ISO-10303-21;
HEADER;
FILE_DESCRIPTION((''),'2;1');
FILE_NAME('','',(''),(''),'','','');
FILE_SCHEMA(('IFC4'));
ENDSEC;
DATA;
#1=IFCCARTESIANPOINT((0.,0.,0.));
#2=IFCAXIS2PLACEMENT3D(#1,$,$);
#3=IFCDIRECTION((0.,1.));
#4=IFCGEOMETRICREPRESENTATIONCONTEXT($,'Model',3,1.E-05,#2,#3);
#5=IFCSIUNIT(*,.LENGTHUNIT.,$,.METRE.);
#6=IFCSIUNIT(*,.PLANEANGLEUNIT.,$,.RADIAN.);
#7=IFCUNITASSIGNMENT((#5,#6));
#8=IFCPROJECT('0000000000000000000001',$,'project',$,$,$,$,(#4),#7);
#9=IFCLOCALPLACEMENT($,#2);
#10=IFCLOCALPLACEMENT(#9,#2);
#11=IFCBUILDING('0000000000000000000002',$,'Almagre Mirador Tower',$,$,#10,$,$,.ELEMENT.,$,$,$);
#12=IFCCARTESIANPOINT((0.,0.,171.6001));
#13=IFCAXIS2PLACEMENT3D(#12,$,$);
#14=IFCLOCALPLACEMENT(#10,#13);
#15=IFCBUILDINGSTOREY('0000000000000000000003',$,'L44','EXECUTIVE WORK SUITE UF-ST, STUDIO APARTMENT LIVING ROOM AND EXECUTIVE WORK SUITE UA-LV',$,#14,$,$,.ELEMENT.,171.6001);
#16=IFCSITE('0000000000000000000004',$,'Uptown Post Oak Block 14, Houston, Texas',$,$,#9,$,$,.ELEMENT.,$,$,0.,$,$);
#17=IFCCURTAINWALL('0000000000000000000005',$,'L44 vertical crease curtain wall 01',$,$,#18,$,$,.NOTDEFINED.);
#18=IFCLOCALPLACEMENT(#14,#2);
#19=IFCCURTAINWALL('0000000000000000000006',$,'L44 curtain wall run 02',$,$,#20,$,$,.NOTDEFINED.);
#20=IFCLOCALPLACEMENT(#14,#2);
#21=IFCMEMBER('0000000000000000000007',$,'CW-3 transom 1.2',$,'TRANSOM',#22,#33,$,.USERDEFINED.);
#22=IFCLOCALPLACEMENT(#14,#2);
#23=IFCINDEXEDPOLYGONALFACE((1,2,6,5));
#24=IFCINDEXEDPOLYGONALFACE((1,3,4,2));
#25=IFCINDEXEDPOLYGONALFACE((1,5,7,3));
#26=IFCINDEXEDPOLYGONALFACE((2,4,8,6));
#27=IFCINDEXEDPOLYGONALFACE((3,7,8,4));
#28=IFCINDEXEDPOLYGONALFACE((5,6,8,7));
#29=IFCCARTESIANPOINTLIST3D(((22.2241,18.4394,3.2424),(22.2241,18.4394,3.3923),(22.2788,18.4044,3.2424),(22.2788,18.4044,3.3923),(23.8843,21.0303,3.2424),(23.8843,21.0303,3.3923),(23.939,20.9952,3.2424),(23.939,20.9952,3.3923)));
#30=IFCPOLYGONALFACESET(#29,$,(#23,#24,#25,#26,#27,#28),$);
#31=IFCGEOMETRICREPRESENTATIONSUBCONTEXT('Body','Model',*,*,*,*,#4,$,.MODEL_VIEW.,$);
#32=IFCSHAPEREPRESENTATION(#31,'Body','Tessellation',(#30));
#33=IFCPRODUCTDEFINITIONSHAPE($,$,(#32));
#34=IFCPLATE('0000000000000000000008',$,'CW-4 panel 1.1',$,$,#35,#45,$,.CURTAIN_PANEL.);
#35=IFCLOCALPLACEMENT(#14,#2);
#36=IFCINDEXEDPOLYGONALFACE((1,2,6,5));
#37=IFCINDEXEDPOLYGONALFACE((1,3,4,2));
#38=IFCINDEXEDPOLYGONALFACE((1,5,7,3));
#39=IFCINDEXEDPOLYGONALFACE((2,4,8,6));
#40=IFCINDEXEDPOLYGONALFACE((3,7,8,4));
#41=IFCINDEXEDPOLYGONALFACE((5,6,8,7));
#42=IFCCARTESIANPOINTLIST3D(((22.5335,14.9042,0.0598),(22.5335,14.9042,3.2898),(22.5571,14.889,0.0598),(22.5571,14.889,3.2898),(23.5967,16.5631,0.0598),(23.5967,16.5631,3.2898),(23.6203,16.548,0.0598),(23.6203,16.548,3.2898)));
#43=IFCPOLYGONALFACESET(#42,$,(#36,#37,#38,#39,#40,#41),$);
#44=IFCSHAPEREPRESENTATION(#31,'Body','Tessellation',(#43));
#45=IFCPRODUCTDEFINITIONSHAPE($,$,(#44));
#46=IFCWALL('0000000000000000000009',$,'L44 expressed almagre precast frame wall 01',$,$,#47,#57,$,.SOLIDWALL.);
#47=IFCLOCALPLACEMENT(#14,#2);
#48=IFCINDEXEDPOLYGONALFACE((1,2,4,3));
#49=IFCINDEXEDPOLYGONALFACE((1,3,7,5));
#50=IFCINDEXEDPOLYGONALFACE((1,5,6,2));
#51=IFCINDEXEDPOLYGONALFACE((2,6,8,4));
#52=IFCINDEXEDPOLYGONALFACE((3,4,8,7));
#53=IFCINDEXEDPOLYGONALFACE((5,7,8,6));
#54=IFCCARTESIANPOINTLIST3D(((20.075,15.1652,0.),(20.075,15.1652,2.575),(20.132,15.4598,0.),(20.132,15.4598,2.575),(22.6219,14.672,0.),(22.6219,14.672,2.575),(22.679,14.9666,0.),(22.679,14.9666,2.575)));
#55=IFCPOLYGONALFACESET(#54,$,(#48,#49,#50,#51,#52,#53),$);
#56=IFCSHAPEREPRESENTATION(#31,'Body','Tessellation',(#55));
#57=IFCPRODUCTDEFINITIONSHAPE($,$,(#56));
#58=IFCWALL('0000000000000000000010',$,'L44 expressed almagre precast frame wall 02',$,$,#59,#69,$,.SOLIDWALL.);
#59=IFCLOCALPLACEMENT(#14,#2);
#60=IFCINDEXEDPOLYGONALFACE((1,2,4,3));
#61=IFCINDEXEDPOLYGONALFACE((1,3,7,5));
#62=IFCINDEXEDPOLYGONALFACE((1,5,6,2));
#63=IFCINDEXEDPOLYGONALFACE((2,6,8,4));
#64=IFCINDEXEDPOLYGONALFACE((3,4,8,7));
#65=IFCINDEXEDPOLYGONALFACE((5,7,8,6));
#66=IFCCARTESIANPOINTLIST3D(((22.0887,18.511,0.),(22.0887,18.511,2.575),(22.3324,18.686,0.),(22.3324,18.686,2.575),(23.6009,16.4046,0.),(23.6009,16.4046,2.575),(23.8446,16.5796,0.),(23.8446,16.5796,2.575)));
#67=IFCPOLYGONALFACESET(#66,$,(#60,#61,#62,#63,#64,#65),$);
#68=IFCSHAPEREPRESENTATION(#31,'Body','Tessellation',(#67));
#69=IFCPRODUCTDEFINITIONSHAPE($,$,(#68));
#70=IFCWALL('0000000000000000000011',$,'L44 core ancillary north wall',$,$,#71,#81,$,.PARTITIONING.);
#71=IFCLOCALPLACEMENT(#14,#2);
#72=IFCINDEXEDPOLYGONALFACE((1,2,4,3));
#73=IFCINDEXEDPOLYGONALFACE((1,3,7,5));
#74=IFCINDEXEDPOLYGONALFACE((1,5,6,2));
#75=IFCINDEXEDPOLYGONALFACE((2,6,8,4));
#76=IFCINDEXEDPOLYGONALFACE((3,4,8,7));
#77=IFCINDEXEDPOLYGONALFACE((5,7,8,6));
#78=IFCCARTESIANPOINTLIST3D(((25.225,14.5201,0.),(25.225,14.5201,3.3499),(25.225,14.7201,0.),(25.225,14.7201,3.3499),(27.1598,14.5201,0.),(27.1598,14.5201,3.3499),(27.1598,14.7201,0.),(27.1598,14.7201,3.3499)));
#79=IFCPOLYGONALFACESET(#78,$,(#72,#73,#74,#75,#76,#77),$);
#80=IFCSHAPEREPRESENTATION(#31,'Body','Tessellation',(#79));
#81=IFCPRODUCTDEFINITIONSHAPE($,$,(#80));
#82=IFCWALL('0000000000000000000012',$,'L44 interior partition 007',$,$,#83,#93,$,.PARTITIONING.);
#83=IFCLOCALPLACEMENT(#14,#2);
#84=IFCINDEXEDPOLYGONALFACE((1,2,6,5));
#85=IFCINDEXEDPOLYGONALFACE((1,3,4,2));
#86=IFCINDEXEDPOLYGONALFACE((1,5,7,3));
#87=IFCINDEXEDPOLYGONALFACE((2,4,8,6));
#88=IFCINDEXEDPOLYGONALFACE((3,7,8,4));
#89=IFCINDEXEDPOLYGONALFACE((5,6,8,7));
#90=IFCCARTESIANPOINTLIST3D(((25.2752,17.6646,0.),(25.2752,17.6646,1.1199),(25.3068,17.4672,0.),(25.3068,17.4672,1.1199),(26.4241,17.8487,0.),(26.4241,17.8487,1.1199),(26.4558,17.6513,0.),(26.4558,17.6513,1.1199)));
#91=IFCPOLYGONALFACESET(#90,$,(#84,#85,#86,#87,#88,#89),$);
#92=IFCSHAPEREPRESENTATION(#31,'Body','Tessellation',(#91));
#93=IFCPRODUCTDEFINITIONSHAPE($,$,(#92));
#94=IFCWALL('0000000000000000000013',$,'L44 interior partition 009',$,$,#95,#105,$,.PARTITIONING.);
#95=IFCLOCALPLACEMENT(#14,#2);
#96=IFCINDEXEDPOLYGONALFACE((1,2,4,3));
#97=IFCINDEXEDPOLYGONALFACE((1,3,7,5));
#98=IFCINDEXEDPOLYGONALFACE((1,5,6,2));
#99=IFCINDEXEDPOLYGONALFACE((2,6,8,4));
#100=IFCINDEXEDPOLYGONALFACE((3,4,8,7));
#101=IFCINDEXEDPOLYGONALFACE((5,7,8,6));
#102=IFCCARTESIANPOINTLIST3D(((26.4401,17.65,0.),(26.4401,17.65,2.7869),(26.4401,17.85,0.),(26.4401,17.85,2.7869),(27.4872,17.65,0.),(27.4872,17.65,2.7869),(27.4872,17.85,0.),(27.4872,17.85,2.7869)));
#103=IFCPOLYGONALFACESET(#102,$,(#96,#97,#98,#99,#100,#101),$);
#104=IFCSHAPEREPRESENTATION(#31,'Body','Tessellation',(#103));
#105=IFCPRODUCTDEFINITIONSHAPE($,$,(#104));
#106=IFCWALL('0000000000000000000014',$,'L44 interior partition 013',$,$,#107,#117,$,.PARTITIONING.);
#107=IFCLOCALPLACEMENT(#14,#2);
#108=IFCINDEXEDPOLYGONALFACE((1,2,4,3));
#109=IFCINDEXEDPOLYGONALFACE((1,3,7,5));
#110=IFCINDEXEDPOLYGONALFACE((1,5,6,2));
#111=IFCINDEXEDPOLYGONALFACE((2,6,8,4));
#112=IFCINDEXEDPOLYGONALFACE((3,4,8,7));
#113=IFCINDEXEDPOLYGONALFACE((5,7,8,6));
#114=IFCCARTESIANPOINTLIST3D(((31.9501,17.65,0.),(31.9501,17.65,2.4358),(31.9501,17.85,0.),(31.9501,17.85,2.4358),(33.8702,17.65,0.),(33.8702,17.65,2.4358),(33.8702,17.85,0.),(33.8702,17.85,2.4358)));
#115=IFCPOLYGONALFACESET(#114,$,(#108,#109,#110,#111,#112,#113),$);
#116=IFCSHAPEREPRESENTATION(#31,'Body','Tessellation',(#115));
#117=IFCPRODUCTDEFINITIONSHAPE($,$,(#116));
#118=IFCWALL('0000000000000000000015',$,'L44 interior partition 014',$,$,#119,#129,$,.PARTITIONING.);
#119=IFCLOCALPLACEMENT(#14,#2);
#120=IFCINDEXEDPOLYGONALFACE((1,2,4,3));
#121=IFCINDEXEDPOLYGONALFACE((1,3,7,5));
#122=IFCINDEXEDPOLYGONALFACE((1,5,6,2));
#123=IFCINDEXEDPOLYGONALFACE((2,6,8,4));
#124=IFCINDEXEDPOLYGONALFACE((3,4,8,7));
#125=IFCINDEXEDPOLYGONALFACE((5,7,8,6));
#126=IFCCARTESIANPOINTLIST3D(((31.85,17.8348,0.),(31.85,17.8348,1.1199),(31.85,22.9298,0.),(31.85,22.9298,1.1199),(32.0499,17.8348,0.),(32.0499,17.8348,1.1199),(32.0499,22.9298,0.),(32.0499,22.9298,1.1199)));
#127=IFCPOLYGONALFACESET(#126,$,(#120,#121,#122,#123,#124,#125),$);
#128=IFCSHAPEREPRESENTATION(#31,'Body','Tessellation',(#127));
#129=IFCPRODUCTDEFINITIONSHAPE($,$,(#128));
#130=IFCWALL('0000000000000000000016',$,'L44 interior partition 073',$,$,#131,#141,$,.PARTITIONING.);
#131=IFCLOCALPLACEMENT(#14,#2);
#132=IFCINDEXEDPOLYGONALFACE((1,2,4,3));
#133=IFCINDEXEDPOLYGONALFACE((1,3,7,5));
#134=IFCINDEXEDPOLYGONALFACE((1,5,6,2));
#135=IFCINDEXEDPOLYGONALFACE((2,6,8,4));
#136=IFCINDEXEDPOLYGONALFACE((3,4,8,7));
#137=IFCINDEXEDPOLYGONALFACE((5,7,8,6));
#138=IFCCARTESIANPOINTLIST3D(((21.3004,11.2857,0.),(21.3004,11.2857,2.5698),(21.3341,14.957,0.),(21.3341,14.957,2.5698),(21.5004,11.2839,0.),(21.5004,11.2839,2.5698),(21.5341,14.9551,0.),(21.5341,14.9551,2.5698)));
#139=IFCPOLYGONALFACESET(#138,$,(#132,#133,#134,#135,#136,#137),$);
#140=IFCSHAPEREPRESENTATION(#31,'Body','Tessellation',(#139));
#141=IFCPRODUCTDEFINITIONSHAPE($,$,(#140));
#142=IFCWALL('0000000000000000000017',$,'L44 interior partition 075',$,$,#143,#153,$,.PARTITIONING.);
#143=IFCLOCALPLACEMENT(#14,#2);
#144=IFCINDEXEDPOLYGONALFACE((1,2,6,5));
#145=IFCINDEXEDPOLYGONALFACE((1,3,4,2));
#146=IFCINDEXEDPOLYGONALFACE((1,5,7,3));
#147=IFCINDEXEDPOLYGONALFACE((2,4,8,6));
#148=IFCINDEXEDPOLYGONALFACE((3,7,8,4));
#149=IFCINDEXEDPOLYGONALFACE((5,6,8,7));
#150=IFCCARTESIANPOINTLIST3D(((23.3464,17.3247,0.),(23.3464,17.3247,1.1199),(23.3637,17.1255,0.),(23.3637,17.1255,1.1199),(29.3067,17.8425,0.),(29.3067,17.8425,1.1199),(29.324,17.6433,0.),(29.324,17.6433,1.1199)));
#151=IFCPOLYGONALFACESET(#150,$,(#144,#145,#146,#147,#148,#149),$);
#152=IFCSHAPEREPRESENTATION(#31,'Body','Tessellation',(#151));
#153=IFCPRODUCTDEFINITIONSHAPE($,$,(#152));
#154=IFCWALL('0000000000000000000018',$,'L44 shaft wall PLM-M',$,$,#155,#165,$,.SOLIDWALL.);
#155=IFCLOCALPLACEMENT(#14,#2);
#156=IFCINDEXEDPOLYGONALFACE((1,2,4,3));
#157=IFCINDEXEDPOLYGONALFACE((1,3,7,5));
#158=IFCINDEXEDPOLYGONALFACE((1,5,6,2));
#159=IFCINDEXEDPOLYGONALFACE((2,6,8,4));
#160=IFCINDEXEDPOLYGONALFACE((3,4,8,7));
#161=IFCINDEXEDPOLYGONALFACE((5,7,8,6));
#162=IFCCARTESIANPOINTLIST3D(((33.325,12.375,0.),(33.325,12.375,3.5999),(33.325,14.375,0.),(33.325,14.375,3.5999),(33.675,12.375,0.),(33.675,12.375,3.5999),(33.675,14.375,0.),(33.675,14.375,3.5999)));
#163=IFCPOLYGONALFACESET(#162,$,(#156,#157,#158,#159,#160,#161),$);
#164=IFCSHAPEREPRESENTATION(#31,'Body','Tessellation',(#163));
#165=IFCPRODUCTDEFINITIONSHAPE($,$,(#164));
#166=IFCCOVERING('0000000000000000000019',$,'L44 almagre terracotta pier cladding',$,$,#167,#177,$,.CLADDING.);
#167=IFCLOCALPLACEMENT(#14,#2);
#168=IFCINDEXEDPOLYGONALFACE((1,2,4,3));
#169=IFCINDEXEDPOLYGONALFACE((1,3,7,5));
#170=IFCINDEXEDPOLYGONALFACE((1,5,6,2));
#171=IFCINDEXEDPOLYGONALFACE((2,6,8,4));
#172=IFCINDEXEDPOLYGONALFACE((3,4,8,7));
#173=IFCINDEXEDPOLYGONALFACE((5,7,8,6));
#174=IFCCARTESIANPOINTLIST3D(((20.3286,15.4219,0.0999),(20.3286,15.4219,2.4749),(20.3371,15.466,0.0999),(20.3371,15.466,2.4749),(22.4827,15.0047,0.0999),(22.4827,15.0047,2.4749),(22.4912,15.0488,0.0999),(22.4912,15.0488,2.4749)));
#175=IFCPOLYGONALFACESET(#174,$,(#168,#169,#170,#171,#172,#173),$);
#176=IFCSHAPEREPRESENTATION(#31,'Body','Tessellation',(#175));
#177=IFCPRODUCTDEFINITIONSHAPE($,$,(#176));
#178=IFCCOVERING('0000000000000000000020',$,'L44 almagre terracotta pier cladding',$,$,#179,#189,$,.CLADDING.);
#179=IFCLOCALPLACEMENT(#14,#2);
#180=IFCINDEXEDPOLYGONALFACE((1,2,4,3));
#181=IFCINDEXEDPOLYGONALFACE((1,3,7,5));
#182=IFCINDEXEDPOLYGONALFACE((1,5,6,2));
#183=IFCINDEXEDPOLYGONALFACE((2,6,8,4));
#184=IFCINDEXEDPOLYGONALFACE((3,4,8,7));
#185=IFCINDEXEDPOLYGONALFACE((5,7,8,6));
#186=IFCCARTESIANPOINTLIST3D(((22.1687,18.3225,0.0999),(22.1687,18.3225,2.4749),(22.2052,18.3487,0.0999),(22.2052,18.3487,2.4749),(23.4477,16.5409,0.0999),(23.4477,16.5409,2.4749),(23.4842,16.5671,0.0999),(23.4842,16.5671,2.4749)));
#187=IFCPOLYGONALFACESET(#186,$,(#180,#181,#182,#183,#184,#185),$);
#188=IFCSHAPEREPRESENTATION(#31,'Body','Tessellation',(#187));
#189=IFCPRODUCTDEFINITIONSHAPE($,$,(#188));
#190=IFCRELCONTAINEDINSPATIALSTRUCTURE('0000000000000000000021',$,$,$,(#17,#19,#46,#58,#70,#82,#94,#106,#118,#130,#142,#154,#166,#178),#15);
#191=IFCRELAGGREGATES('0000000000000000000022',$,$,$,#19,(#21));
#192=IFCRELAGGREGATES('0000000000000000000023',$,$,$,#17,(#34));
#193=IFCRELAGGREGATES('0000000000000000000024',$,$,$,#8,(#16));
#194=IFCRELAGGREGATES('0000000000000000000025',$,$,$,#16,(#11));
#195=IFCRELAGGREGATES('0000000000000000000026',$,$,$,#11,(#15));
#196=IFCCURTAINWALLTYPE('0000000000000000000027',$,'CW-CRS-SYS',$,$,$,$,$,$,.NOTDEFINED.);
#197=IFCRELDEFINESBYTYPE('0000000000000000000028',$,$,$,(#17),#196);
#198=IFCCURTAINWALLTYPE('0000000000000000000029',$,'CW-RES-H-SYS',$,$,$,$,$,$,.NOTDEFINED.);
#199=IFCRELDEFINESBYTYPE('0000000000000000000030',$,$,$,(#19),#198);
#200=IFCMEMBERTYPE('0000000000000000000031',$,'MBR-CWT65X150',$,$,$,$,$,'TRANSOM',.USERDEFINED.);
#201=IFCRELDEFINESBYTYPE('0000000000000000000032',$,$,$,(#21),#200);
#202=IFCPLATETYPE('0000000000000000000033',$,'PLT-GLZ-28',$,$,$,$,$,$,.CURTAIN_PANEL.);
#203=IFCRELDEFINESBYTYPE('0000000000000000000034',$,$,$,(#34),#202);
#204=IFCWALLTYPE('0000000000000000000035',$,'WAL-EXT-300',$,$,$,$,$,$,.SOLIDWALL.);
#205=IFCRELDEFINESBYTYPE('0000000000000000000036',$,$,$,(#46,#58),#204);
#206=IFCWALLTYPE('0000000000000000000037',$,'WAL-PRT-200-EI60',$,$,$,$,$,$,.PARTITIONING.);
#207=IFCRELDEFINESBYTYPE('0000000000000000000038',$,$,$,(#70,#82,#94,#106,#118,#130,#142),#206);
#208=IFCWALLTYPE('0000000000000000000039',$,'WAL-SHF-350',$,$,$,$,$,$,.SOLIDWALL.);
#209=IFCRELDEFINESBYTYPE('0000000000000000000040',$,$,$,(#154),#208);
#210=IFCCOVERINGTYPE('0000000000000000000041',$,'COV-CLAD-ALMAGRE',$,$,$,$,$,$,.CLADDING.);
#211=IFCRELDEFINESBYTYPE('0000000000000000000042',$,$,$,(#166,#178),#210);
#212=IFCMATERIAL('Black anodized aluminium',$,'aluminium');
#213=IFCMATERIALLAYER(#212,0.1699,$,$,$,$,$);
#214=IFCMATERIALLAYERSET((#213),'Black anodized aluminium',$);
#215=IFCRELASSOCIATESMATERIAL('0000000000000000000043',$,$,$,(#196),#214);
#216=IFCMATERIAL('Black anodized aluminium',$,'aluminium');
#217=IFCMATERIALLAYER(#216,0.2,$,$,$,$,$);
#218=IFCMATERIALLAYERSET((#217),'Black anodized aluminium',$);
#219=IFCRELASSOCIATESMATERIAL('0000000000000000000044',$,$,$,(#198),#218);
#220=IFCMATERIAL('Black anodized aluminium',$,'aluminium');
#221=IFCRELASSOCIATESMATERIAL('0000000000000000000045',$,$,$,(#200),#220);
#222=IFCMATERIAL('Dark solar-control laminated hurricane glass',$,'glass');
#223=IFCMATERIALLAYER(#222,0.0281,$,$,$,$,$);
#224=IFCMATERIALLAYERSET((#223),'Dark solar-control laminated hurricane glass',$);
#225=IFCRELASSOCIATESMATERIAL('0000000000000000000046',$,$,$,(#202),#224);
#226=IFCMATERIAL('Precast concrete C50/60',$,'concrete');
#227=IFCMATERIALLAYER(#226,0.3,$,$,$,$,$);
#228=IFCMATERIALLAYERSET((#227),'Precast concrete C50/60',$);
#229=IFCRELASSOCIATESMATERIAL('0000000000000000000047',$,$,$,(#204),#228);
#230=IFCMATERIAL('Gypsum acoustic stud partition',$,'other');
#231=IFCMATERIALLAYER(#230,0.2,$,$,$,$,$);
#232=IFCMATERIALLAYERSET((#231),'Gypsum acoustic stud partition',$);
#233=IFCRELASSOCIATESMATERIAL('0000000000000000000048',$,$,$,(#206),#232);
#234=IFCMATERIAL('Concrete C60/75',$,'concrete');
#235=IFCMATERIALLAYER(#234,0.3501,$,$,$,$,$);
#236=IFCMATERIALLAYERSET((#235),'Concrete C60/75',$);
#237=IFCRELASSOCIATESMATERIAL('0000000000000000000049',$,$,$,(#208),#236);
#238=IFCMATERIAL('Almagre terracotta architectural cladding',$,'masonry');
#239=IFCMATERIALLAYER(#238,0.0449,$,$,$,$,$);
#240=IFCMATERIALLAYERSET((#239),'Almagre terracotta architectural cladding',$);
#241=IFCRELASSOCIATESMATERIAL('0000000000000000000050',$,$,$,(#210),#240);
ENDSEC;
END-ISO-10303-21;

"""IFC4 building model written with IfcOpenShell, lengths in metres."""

from ifc_helpers import new_model, si_unit, direction, frame, frame_2d, origin, origin_2d, place, context, subcontext, project, spatial, rectangle, extrude, material, layer, layer_set, material_profile, profile_set, type_object, element, aggregate, save


model = new_model("IFC4")

# Units and contexts
model_context = context("Model", 3, precision=1e-05, world=origin(), true_north=direction((0.0, 1.0)))
body_context = subcontext(model_context, "Body", "Model", "MODEL_VIEW")
ifc_project = project(units=[si_unit("LENGTHUNIT", "METRE"), si_unit("PLANEANGLEUNIT", "RADIAN")], contexts=[model_context])

# Site, building, storey
site_placement = place(None, origin())
site = spatial("IfcSite", under=ifc_project, at=site_placement, Name="Uptown Post Oak Block 14, Houston, Texas", CompositionType="ELEMENT", RefElevation=0.0)
building_placement = place(site_placement, origin())
building = spatial("IfcBuilding", under=site, at=building_placement, Name="Almagre Mirador Tower", CompositionType="ELEMENT")
storey_placement = place(building_placement, frame((0.0, 0.0, 171.6001)))
storey = spatial("IfcBuildingStorey", under=building, at=storey_placement, Name="L44", Description="EXECUTIVE WORK SUITE UF-ST, STUDIO APARTMENT LIVING ROOM AND EXECUTIVE WORK SUITE UA-LV", CompositionType="ELEMENT", Elevation=171.6001)

# Curtain wall
ifc_material_1 = material(Name="Black anodized aluminium", Category="aluminium")
ifc_layer_1 = layer(ifc_material_1, 0.1699)
ifc_layer_set_1 = layer_set([ifc_layer_1], Name="Black anodized aluminium")
curtain_wall_type_1 = type_object("IfcCurtainWallType", Name="CW-CRS-SYS", PredefinedType="NOTDEFINED", material=ifc_layer_set_1)
curtain_wall_1_placement = place(storey_placement, origin())
curtain_wall_1 = element("IfcCurtainWall", 1, at=curtain_wall_1_placement, inside=storey, type_object=curtain_wall_type_1, Name="L44 vertical crease curtain wall 01", PredefinedType="NOTDEFINED")

# Curtain wall
ifc_material_2 = material(Name="Black anodized aluminium", Category="aluminium")
ifc_layer_2 = layer(ifc_material_2, 0.2)
ifc_layer_set_2 = layer_set([ifc_layer_2], Name="Black anodized aluminium")
curtain_wall_type_2 = type_object("IfcCurtainWallType", Name="CW-RES-H-SYS", PredefinedType="NOTDEFINED", material=ifc_layer_set_2)
curtain_wall_2_placement = place(storey_placement, origin())
curtain_wall_2 = element("IfcCurtainWall", 2, at=curtain_wall_2_placement, inside=storey, type_object=curtain_wall_type_2, Name="L44 curtain wall run 02", PredefinedType="NOTDEFINED")

# Member
ifc_material_3 = material(Name="Black anodized aluminium", Category="aluminium")
ifc_material_profile_1 = material_profile(ifc_material_3, rectangle(XDim=0.0649, YDim=0.1499, at=origin_2d()), Name="CWT65X150")
ifc_profile_set_1 = profile_set([ifc_material_profile_1], Name="Black anodized aluminium")
member_type_1 = type_object("IfcMemberType", Name="MBR-CWT65X150", ElementType="TRANSOM", PredefinedType="USERDEFINED", material=ifc_profile_set_1)
member_1_placement = place(storey_placement, frame((22.2515, 18.4219, 3.3174), z_axis=(0.539522, 0.841972, 0.0), x_axis=(-0.841972, 0.539522, 0.0)))
member_1 = element("IfcMember", 3, at=member_1_placement, type_object=member_type_1, Name="CW-3 transom 1.2", ObjectType="TRANSOM", PredefinedType="USERDEFINED", context=body_context, shape_type="SweptSolid", body=[
    extrude(rectangle(XDim=0.0649, YDim=0.1499, at=origin_2d()), origin(), (0.0, 0.0, 1.0), 3.0771),
])
aggregate(curtain_wall_2, [member_1])

# Plate
ifc_material_4 = material(Name="Dark solar-control laminated hurricane glass", Category="glass")
ifc_layer_3 = layer(ifc_material_4, 0.0281)
ifc_layer_set_3 = layer_set([ifc_layer_3], Name="Dark solar-control laminated hurricane glass")
plate_type = type_object("IfcPlateType", Name="PLT-GLZ-28", PredefinedType="CURTAIN_PANEL", material=ifc_layer_set_3)
plate_placement = place(storey_placement, frame((23.0769, 15.7261, 0.0598), z_axis=(0.0, 0.0, 1.0), x_axis=(0.539597, 0.841924, 0.0)))
plate = element("IfcPlate", 4, at=plate_placement, type_object=plate_type, Name="CW-4 panel 1.1", PredefinedType="CURTAIN_PANEL", context=body_context, shape_type="SweptSolid", body=[
    extrude(rectangle(XDim=1.9705, YDim=0.0281, at=origin_2d()), origin(), (0.0, 0.0, 1.0), 3.23),
])
aggregate(curtain_wall_1, [plate])

# Walls
ifc_material_5 = material(Name="Precast concrete C50/60", Category="concrete")
ifc_layer_4 = layer(ifc_material_5, 0.3)
ifc_layer_set_4 = layer_set([ifc_layer_4], Name="Precast concrete C50/60")
wall_type_1 = type_object("IfcWallType", Name="WAL-EXT-300", PredefinedType="SOLIDWALL", material=ifc_layer_set_4)
wall_1_placement = place(storey_placement, frame((20.1035, 15.3125, 0.0), z_axis=(0.0, 0.0, 1.0), x_axis=(0.981764, -0.190104, 0.0)))
element("IfcWall", 5, at=wall_1_placement, inside=storey, type_object=wall_type_1, Name="L44 expressed almagre precast frame wall 01", PredefinedType="SOLIDWALL", context=body_context, shape_type="SweptSolid", body=[
    extrude(rectangle(XDim=2.5942, YDim=0.3, at=frame_2d((1.2971, 0.0))), origin(), (0.0, 0.0, 1.0), 2.575),
])
wall_2_placement = place(storey_placement, frame((23.7227, 16.4922, 0.0), z_axis=(0.0, 0.0, 1.0), x_axis=(-0.583178, 0.812344, 0.0)))
element("IfcWall", 6, at=wall_2_placement, inside=storey, type_object=wall_type_1, Name="L44 expressed almagre precast frame wall 02", PredefinedType="SOLIDWALL", context=body_context, shape_type="SweptSolid", body=[
    extrude(rectangle(XDim=2.593, YDim=0.3, at=frame_2d((1.2964, 0.0))), origin(), (0.0, 0.0, 1.0), 2.575),
])
ifc_material_6 = material(Name="Gypsum acoustic stud partition", Category="other")
ifc_layer_5 = layer(ifc_material_6, 0.2)
ifc_layer_set_5 = layer_set([ifc_layer_5], Name="Gypsum acoustic stud partition")
wall_type_2 = type_object("IfcWallType", Name="WAL-PRT-200-EI60", PredefinedType="PARTITIONING", material=ifc_layer_set_5)
wall_3_placement = place(storey_placement, frame((25.2251, 14.6201, 0.0), z_axis=(0.0, 0.0, 1.0), x_axis=(1.0, 0.0, 0.0)))
element("IfcWall", 7, at=wall_3_placement, inside=storey, type_object=wall_type_2, Name="L44 core ancillary north wall", PredefinedType="PARTITIONING", context=body_context, shape_type="SweptSolid", body=[
    extrude(rectangle(XDim=1.9348, YDim=0.2, at=frame_2d((0.9673, 0.0))), origin(), (0.0, 0.0, 1.0), 3.3499),
])
wall_4_placement = place(storey_placement, frame((26.4399, 17.75, 0.0), z_axis=(0.0, 0.0, 1.0), x_axis=(-0.987407, -0.158203, 0.0)))
element("IfcWall", 8, at=wall_4_placement, inside=storey, type_object=wall_type_2, Name="L44 interior partition 007", PredefinedType="PARTITIONING", context=body_context, shape_type="SweptSolid", body=[
    extrude(rectangle(XDim=1.1636, YDim=0.2, at=frame_2d((0.5818, 0.0))), origin(), (0.0, 0.0, 1.0), 1.1199),
])
wall_5_placement = place(storey_placement, frame((27.4871, 17.75, 0.0), z_axis=(0.0, 0.0, 1.0), x_axis=(-1.0, 0.0, 0.0)))
element("IfcWall", 9, at=wall_5_placement, inside=storey, type_object=wall_type_2, Name="L44 interior partition 009", PredefinedType="PARTITIONING", context=body_context, shape_type="SweptSolid", body=[
    extrude(rectangle(XDim=1.0471, YDim=0.2, at=frame_2d((0.5234, 0.0))), origin(), (0.0, 0.0, 1.0), 2.7869),
])
wall_6_placement = place(storey_placement, frame((33.8701, 17.75, 0.0), z_axis=(0.0, 0.0, 1.0), x_axis=(-1.0, 0.0, 0.0)))
element("IfcWall", 10, at=wall_6_placement, inside=storey, type_object=wall_type_2, Name="L44 interior partition 013", PredefinedType="PARTITIONING", context=body_context, shape_type="SweptSolid", body=[
    extrude(rectangle(XDim=1.9202, YDim=0.2, at=frame_2d((0.96, 0.0))), origin(), (0.0, 0.0, 1.0), 2.4358),
])
wall_7_placement = place(storey_placement, frame((31.95, 17.835, 0.0), z_axis=(0.0, 0.0, 1.0), x_axis=(0.0, 1.0, 0.0)))
element("IfcWall", 11, at=wall_7_placement, inside=storey, type_object=wall_type_2, Name="L44 interior partition 014", PredefinedType="PARTITIONING", context=body_context, shape_type="SweptSolid", body=[
    extrude(rectangle(XDim=5.095, YDim=0.2, at=frame_2d((2.5474, 0.0))), origin(), (0.0, 0.0, 1.0), 1.1199),
])
wall_8_placement = place(storey_placement, frame((21.4341, 14.9561, 0.0), z_axis=(0.0, 0.0, 1.0), x_axis=(-0.009177, -0.999958, 0.0)))
element("IfcWall", 12, at=wall_8_placement, inside=storey, type_object=wall_type_2, Name="L44 interior partition 073", PredefinedType="PARTITIONING", context=body_context, shape_type="SweptSolid", body=[
    extrude(rectangle(XDim=3.6714, YDim=0.2, at=frame_2d((1.8357, 0.0))), origin(), (0.0, 0.0, 1.0), 2.5698),
])
wall_9_placement = place(storey_placement, frame((29.3152, 17.7429, 0.0), z_axis=(0.0, 0.0, 1.0), x_axis=(-0.996247, -0.086554, 0.0)))
element("IfcWall", 13, at=wall_9_placement, inside=storey, type_object=wall_type_2, Name="L44 interior partition 075", PredefinedType="PARTITIONING", context=body_context, shape_type="SweptSolid", body=[
    extrude(rectangle(XDim=5.9827, YDim=0.2, at=frame_2d((2.9912, 0.0))), origin(), (0.0, 0.0, 1.0), 1.1199),
])
ifc_material_7 = material(Name="Concrete C60/75", Category="concrete")
ifc_layer_6 = layer(ifc_material_7, 0.3501)
ifc_layer_set_6 = layer_set([ifc_layer_6], Name="Concrete C60/75")
wall_type_3 = type_object("IfcWallType", Name="WAL-SHF-350", PredefinedType="SOLIDWALL", material=ifc_layer_set_6)
wall_10_placement = place(storey_placement, frame((33.5, 12.375, 0.0), z_axis=(0.0, 0.0, 1.0), x_axis=(0.0, 1.0, 0.0)))
element("IfcWall", 14, at=wall_10_placement, inside=storey, type_object=wall_type_3, Name="L44 shaft wall PLM-M", PredefinedType="SOLIDWALL", context=body_context, shape_type="SweptSolid", body=[
    extrude(rectangle(XDim=2.0, YDim=0.3501, at=frame_2d((1.0, 0.0))), origin(), (0.0, 0.0, 1.0), 3.5999),
])

# Coverings
ifc_material_8 = material(Name="Almagre terracotta architectural cladding", Category="masonry")
ifc_layer_7 = layer(ifc_material_8, 0.0449)
ifc_layer_set_7 = layer_set([ifc_layer_7], Name="Almagre terracotta architectural cladding")
covering_type = type_object("IfcCoveringType", Name="COV-CLAD-ALMAGRE", PredefinedType="CLADDING", material=ifc_layer_set_7)
covering_1_placement = place(storey_placement, frame((21.4099, 15.2354, 0.0999), z_axis=(0.0, 0.0, 1.0), x_axis=(0.98176, -0.190124, 0.0)))
element("IfcCovering", 15, at=covering_1_placement, inside=storey, type_object=covering_type, Name="L44 almagre terracotta pier cladding", PredefinedType="CLADDING", context=body_context, shape_type="SweptSolid", body=[
    extrude(rectangle(XDim=2.1941, YDim=0.0449, at=origin_2d()), origin(), (0.0, 0.0, 1.0), 2.375),
])
covering_2_placement = place(storey_placement, frame((22.8264, 17.4448, 0.0999), z_axis=(0.0, 0.0, 1.0), x_axis=(-0.583187, 0.812338, 0.0)))
element("IfcCovering", 16, at=covering_2_placement, inside=storey, type_object=covering_type, Name="L44 almagre terracotta pier cladding", PredefinedType="CLADDING", context=body_context, shape_type="SweptSolid", body=[
    extrude(rectangle(XDim=2.1931, YDim=0.0449, at=origin_2d()), origin(), (0.0, 0.0, 1.0), 2.375),
])

save(model, "model.ifc")
